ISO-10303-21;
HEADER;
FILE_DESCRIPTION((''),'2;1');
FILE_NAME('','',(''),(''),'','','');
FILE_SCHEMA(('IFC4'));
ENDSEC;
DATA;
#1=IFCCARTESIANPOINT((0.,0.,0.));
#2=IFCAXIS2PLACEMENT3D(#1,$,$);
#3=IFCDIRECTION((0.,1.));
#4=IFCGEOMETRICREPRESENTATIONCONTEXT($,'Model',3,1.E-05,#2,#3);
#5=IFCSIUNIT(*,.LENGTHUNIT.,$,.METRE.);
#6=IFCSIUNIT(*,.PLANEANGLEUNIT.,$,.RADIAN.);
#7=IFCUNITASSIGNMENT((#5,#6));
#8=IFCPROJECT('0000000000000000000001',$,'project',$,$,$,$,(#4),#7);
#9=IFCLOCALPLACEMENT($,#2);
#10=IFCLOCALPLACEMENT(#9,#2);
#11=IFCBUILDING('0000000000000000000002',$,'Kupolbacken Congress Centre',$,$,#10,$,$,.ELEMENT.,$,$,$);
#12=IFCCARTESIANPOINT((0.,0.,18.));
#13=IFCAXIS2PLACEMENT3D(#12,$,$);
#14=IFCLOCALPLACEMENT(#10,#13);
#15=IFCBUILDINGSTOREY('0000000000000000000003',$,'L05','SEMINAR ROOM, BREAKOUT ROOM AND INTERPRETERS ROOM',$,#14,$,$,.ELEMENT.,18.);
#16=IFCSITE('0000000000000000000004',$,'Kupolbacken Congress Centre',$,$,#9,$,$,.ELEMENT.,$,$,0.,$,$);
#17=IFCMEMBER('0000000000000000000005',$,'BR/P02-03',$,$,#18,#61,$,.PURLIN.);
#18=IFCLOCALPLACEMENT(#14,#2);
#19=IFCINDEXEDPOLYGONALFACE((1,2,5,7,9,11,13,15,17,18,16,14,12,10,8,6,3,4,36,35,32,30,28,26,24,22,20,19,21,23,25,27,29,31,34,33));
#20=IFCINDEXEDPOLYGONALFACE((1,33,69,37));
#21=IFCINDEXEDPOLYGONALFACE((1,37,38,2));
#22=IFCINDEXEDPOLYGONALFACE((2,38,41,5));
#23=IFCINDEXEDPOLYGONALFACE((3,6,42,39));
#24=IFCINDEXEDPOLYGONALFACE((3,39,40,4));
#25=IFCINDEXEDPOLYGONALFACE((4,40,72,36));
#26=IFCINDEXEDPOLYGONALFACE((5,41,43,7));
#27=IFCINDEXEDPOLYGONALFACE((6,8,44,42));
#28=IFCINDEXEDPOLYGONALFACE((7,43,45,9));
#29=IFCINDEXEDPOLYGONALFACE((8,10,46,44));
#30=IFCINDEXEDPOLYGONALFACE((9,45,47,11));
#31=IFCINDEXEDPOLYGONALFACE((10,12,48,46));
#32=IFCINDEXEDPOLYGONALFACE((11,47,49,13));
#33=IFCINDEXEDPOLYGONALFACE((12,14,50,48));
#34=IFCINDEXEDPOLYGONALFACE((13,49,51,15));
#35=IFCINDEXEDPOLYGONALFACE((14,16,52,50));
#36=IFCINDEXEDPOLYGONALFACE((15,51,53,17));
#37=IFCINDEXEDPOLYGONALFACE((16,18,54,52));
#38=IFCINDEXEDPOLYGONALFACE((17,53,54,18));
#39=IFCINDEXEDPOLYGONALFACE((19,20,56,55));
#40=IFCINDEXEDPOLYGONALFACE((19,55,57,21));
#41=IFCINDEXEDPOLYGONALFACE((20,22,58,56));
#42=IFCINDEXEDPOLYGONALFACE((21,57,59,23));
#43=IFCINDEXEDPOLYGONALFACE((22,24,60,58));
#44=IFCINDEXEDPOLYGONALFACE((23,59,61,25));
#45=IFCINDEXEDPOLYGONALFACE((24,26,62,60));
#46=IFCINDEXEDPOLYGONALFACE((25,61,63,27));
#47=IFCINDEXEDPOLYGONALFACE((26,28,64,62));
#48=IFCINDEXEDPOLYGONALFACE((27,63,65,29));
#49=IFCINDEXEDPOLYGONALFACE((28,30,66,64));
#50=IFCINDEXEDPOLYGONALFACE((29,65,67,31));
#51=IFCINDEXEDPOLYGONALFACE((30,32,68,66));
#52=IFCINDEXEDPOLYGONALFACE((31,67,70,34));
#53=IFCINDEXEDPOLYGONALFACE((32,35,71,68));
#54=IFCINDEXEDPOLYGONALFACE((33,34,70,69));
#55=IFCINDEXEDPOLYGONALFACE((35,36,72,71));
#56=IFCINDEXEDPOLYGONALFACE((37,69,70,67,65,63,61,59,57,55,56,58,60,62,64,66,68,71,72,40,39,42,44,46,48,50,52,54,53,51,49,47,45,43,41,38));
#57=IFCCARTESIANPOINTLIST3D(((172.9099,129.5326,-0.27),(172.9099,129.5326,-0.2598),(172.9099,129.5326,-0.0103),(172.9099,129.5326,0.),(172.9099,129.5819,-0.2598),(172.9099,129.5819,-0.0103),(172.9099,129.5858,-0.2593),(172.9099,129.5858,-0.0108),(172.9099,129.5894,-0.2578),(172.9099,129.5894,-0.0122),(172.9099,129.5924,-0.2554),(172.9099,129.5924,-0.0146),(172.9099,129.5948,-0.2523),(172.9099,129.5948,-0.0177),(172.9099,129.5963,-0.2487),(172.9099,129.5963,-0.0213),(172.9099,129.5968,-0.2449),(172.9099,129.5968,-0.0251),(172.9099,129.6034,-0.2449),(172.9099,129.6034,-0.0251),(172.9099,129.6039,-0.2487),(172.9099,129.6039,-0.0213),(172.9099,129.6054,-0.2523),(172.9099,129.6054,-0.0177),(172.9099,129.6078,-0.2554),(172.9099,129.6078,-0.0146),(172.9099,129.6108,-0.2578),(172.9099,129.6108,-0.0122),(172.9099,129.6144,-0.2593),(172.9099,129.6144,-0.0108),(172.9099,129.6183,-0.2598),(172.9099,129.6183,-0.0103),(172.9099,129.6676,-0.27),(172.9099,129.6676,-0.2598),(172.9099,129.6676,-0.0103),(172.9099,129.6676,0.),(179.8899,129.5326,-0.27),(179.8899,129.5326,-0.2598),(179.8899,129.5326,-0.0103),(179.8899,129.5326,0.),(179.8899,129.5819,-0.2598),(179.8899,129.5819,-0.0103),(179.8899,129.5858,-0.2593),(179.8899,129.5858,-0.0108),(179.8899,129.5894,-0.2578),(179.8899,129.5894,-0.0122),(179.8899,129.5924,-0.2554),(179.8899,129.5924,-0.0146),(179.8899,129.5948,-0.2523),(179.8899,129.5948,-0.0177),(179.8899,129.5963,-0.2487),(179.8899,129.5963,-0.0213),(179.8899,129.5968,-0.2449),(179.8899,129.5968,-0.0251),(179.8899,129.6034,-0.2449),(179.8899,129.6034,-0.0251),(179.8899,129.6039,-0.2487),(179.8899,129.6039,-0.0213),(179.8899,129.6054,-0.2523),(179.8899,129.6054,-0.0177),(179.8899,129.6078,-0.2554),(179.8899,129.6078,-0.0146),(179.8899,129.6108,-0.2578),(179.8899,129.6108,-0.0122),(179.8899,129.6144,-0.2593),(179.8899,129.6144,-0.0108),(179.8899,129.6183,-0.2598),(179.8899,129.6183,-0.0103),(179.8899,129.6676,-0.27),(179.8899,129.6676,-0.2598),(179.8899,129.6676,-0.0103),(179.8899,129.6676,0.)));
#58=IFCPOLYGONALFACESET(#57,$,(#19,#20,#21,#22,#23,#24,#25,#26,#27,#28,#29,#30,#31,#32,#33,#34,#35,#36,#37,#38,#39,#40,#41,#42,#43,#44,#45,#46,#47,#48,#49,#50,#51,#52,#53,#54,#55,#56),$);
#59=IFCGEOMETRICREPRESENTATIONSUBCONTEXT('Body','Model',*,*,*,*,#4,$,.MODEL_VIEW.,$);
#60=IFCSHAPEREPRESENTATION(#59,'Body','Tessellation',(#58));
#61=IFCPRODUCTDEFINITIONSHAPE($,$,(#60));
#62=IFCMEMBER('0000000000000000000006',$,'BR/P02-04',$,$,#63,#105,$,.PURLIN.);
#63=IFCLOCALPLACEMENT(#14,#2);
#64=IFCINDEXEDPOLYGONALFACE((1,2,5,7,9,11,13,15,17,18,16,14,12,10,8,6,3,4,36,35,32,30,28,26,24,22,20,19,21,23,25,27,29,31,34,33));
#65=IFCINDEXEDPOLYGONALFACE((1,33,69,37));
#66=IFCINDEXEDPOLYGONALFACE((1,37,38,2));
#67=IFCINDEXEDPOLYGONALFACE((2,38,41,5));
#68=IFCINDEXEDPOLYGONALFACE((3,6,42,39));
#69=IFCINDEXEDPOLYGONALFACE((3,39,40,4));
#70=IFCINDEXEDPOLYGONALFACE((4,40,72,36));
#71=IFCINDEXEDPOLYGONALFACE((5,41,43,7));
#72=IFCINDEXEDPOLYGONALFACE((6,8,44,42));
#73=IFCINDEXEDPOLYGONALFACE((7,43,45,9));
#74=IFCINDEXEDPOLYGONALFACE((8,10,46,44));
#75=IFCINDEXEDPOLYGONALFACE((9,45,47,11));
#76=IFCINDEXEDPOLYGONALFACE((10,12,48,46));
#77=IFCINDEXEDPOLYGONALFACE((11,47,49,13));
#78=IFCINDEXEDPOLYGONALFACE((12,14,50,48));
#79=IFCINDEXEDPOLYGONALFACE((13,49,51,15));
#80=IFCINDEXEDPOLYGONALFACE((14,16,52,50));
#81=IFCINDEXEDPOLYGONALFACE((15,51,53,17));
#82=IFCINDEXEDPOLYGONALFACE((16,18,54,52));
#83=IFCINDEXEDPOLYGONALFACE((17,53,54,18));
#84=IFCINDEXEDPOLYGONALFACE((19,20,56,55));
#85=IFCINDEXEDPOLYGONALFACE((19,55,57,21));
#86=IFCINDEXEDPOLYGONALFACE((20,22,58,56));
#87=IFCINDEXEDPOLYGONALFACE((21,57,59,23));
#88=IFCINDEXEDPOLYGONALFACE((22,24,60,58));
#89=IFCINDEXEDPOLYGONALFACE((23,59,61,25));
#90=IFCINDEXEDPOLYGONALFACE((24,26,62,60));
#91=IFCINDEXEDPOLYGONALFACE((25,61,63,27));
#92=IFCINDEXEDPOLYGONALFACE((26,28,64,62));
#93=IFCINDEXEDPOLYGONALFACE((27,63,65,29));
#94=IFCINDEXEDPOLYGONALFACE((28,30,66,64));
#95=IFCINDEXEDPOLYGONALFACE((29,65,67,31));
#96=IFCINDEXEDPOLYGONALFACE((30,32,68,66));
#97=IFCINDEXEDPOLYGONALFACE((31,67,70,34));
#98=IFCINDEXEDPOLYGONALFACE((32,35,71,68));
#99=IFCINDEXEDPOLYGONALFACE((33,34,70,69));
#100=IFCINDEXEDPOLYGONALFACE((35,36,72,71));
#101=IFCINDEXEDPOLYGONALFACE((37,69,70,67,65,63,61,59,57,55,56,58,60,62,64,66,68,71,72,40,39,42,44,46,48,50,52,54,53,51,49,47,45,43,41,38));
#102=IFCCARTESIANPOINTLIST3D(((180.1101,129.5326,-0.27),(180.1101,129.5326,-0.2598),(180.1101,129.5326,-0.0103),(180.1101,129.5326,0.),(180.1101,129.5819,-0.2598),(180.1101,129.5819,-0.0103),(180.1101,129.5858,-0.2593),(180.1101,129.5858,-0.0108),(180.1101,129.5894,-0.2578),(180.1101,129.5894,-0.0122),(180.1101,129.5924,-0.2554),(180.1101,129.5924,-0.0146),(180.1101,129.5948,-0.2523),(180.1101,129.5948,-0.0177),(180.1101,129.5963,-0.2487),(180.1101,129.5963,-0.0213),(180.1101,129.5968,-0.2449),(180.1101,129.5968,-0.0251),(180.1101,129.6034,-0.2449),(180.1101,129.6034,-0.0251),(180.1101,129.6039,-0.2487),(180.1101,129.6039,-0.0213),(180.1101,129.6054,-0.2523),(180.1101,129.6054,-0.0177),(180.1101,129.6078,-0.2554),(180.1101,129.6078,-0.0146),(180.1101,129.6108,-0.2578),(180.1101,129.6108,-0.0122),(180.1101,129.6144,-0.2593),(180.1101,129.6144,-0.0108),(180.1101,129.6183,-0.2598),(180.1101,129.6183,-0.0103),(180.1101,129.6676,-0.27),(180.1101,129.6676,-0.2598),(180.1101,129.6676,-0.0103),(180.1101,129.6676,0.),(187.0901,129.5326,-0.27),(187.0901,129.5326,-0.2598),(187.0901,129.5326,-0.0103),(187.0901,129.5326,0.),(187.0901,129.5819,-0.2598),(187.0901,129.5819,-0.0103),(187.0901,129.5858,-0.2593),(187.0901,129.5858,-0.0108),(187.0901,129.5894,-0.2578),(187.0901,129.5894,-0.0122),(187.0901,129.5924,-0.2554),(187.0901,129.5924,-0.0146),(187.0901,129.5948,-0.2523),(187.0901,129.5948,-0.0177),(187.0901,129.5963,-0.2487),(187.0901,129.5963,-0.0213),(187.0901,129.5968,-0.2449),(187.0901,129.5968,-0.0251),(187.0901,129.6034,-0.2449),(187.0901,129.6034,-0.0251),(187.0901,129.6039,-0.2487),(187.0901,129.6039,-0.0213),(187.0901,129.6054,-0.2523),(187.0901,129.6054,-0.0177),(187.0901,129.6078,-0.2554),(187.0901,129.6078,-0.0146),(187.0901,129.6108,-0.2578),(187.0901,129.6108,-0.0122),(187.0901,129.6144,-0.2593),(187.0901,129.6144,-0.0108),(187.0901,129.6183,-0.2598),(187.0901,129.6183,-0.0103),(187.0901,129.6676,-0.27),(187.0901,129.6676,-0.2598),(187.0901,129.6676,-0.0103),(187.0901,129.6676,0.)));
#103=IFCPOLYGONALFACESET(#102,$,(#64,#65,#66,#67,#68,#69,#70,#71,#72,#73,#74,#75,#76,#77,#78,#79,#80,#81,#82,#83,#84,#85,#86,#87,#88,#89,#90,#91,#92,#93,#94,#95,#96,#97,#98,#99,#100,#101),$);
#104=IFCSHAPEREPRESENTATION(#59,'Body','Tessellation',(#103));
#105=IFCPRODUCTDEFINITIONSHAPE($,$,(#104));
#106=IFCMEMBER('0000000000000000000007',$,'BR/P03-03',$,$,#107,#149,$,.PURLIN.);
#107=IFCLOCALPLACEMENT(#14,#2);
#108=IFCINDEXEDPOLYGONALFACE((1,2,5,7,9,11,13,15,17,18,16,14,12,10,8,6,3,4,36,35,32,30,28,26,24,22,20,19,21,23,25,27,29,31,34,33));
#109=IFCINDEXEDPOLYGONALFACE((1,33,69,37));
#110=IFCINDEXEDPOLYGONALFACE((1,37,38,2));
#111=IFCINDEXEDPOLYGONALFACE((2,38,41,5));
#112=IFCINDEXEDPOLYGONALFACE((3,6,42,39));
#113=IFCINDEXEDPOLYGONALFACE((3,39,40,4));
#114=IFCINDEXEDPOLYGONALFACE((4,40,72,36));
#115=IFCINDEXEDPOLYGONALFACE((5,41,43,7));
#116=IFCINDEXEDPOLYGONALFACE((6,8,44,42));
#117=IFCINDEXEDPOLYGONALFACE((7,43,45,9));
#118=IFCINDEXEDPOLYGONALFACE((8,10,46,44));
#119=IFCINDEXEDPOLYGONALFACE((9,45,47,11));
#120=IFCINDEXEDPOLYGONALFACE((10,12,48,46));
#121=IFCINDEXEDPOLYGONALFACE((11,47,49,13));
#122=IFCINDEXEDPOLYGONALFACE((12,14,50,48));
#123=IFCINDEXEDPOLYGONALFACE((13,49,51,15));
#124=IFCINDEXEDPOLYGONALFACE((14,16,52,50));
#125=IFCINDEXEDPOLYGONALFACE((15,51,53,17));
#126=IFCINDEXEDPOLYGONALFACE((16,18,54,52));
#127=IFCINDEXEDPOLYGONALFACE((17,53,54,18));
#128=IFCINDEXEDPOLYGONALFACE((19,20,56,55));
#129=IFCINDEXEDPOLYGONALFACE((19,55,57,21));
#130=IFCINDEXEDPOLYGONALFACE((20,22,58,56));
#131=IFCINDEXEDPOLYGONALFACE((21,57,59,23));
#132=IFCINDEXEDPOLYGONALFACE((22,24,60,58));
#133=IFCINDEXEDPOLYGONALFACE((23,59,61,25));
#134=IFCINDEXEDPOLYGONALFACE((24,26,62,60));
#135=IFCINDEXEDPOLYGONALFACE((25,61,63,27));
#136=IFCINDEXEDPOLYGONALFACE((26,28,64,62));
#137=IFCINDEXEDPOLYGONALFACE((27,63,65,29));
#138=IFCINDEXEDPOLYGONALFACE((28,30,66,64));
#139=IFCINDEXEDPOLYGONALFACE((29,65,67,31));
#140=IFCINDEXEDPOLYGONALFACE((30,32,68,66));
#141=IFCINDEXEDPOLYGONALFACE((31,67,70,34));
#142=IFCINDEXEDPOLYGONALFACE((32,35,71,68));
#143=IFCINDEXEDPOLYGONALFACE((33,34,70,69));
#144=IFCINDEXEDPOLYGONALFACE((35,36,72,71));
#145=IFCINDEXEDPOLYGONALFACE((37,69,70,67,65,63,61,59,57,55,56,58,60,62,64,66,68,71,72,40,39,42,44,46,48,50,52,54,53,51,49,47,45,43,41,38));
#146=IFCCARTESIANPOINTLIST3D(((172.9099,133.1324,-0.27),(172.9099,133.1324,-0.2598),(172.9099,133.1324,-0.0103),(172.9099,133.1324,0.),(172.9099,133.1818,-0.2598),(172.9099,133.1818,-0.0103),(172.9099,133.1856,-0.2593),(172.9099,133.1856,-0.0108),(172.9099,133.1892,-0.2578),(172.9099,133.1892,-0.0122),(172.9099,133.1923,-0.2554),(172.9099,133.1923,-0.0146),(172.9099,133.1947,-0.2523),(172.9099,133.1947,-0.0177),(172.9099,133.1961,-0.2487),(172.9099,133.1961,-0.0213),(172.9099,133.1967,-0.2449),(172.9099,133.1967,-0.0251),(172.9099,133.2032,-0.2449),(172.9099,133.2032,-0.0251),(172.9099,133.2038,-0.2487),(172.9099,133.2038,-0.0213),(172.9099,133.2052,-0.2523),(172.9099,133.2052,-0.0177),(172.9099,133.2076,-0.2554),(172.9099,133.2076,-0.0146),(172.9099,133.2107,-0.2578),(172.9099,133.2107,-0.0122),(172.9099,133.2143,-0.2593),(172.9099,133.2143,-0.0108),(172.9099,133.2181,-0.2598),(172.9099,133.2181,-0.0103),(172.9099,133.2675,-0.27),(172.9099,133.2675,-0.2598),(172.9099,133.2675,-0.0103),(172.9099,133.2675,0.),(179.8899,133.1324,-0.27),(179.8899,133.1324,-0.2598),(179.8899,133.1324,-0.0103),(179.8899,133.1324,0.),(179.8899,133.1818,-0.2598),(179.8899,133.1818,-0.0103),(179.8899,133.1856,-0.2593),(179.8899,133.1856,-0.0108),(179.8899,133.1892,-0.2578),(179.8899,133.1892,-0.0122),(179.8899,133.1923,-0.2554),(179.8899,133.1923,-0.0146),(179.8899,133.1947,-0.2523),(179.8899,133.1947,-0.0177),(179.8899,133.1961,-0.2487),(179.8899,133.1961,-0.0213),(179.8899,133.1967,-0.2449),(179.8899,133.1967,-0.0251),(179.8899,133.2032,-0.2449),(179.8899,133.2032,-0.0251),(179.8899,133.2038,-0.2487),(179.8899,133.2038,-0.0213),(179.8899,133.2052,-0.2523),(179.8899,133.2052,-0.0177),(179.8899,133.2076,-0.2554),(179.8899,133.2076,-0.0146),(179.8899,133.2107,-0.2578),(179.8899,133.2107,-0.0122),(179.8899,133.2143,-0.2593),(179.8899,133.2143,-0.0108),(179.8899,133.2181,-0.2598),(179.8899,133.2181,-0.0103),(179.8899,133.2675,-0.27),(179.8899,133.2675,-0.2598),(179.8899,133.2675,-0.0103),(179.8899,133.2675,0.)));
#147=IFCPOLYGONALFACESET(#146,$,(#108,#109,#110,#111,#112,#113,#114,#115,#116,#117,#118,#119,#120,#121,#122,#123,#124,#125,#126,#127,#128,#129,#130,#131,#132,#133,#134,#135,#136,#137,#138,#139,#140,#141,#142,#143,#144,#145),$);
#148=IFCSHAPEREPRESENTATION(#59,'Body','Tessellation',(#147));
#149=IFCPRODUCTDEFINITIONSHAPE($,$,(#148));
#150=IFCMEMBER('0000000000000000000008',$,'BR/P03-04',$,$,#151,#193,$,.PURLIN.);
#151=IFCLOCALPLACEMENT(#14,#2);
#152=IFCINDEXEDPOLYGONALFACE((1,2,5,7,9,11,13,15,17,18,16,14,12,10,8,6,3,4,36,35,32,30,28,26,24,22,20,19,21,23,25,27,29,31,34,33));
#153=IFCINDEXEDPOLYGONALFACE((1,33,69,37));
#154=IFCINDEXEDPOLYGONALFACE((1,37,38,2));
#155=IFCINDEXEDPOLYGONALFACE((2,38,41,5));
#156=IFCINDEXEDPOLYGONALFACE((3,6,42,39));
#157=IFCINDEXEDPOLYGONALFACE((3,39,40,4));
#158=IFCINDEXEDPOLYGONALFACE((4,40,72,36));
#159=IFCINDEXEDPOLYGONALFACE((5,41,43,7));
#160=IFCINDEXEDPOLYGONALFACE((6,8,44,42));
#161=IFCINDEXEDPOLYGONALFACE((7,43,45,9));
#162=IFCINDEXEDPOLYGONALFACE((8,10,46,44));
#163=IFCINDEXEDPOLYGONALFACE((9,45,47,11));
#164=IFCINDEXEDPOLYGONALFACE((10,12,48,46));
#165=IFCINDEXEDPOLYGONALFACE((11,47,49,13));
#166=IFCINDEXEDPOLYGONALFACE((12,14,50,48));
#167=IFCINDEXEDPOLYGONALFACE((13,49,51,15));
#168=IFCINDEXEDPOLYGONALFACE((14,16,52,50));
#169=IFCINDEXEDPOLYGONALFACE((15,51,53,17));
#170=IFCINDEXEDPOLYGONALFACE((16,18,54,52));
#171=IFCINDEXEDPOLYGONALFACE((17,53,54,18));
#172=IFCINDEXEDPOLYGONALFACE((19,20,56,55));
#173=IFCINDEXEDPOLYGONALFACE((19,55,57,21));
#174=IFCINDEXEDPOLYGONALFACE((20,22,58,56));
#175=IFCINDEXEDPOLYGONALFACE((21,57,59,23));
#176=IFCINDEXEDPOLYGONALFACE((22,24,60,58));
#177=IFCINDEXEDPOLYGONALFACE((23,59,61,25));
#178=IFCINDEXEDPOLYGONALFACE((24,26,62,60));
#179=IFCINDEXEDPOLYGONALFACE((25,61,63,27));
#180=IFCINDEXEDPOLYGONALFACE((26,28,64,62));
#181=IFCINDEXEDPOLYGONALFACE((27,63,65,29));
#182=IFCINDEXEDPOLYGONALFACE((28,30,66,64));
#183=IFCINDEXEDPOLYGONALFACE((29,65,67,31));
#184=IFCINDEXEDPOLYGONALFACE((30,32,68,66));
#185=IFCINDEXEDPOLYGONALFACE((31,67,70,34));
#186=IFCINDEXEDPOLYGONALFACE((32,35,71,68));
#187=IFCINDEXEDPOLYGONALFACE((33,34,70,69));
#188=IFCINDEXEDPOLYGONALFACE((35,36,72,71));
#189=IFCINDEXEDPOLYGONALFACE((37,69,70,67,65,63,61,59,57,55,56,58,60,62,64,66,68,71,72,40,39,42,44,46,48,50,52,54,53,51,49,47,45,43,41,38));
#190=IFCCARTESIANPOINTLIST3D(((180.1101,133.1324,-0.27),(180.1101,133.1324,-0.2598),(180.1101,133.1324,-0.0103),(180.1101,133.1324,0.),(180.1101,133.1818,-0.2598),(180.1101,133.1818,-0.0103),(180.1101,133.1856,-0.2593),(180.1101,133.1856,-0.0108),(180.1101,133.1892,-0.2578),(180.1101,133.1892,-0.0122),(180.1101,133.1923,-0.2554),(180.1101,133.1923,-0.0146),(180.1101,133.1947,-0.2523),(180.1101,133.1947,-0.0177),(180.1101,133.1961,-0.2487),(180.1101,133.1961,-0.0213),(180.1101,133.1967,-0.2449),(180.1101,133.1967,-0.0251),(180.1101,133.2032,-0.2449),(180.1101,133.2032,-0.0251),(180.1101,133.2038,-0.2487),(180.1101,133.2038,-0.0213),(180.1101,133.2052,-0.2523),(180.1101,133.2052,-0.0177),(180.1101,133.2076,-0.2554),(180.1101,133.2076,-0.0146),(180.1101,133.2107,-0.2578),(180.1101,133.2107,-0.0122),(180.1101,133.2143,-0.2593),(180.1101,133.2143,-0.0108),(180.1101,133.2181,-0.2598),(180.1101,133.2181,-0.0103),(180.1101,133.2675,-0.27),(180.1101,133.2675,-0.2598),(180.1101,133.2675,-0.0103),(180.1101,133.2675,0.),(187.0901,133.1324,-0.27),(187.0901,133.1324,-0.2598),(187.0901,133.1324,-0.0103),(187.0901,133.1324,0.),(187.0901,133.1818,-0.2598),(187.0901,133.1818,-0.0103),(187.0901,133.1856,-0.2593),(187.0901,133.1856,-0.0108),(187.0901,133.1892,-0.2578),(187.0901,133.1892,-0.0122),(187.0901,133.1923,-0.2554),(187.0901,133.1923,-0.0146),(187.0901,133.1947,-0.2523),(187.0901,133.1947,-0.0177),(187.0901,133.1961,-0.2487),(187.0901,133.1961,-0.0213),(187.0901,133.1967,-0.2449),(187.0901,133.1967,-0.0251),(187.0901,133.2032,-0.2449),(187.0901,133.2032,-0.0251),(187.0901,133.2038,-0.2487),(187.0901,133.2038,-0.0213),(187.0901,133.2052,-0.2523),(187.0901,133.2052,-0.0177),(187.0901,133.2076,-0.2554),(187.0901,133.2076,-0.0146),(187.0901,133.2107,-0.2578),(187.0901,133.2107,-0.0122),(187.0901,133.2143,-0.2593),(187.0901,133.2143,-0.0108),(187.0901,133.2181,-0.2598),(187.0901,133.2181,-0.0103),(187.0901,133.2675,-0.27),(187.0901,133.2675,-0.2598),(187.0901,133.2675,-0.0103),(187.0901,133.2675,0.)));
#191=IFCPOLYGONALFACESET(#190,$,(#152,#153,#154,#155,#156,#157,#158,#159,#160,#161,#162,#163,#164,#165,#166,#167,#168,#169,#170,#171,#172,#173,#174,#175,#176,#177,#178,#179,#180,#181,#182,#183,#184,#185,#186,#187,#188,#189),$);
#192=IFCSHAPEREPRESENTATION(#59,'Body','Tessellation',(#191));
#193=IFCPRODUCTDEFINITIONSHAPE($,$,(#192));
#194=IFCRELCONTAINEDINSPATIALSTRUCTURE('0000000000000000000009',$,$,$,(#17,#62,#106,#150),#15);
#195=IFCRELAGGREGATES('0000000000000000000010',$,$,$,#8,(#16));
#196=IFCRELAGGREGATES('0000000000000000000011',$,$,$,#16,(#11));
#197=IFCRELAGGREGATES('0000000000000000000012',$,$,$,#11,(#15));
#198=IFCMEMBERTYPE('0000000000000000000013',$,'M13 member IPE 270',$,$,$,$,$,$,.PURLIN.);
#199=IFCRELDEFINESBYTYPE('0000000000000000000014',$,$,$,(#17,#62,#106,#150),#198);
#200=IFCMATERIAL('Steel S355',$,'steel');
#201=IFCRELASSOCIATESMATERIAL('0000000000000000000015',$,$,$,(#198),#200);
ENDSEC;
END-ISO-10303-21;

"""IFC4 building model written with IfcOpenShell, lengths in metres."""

from ifc_helpers import new_model, si_unit, direction, frame, origin, origin_2d, place, context, subcontext, project, spatial, i_section, extrude, material, material_profile, profile_set, type_object, element, save


model = new_model("IFC4")

# Units and contexts
model_context = context("Model", 3, precision=1e-05, world=origin(), true_north=direction((0.0, 1.0)))
body_context = subcontext(model_context, "Body", "Model", "MODEL_VIEW")
ifc_project = project(units=[si_unit("LENGTHUNIT", "METRE"), si_unit("PLANEANGLEUNIT", "RADIAN")], contexts=[model_context])

# Site, building, storey
site_placement = place(None, origin())
site = spatial("IfcSite", under=ifc_project, at=site_placement, Name="Kupolbacken Congress Centre", CompositionType="ELEMENT", RefElevation=0.0)
building_placement = place(site_placement, origin())
building = spatial("IfcBuilding", under=site, at=building_placement, Name="Kupolbacken Congress Centre", CompositionType="ELEMENT")
storey_placement = place(building_placement, frame((0.0, 0.0, 18.0)))
storey = spatial("IfcBuildingStorey", under=building, at=storey_placement, Name="L05", Description="SEMINAR ROOM, BREAKOUT ROOM AND INTERPRETERS ROOM", CompositionType="ELEMENT", Elevation=18.0)

# Members
ifc_material_1 = material(Name="Steel S355", Category="steel")
ifc_material_profile_1 = material_profile(ifc_material_1, i_section(OverallWidth=0.135, OverallDepth=0.27, WebThickness=0.0066, FlangeThickness=0.0103, FilletRadius=0.0149, at=origin_2d()), Name="IPE 270")
ifc_profile_set_1 = profile_set([ifc_material_profile_1], Name="Steel S355")
member_type_1 = type_object("IfcMemberType", Name="M13 member IPE 270", PredefinedType="PURLIN", material=ifc_profile_set_1)
for number, where, z_axis, x_axis, name in (
    (1, (172.9099, 129.6001, -0.135), (1.0, 0.0, 0.0), (0.0, 1.0, 0.0), "BR/P02-03"),
    (2, (180.1101, 129.6001, -0.135), (1.0, 0.0, 0.0), (0.0, 1.0, 0.0), "BR/P02-04"),
    (3, (172.9099, 133.2, -0.135), (1.0, 0.0, 0.0), (0.0, 1.0, 0.0), "BR/P03-03"),
    (4, (180.1101, 133.2, -0.135), (1.0, 0.0, 0.0), (0.0, 1.0, 0.0), "BR/P03-04"),
):
    element("IfcMember", number, at=place(storey_placement, frame(where, z_axis=z_axis, x_axis=x_axis)), inside=storey, type_object=member_type_1, Name=name, PredefinedType="PURLIN", context=body_context, shape_type="SweptSolid", body=[
        extrude(i_section(OverallWidth=0.135, OverallDepth=0.27, WebThickness=0.0066, FlangeThickness=0.0103, FilletRadius=0.0149, at=origin_2d()), origin(), (0.0, 0.0, 1.0), 6.98),
    ])

save(model, "model.ifc")
